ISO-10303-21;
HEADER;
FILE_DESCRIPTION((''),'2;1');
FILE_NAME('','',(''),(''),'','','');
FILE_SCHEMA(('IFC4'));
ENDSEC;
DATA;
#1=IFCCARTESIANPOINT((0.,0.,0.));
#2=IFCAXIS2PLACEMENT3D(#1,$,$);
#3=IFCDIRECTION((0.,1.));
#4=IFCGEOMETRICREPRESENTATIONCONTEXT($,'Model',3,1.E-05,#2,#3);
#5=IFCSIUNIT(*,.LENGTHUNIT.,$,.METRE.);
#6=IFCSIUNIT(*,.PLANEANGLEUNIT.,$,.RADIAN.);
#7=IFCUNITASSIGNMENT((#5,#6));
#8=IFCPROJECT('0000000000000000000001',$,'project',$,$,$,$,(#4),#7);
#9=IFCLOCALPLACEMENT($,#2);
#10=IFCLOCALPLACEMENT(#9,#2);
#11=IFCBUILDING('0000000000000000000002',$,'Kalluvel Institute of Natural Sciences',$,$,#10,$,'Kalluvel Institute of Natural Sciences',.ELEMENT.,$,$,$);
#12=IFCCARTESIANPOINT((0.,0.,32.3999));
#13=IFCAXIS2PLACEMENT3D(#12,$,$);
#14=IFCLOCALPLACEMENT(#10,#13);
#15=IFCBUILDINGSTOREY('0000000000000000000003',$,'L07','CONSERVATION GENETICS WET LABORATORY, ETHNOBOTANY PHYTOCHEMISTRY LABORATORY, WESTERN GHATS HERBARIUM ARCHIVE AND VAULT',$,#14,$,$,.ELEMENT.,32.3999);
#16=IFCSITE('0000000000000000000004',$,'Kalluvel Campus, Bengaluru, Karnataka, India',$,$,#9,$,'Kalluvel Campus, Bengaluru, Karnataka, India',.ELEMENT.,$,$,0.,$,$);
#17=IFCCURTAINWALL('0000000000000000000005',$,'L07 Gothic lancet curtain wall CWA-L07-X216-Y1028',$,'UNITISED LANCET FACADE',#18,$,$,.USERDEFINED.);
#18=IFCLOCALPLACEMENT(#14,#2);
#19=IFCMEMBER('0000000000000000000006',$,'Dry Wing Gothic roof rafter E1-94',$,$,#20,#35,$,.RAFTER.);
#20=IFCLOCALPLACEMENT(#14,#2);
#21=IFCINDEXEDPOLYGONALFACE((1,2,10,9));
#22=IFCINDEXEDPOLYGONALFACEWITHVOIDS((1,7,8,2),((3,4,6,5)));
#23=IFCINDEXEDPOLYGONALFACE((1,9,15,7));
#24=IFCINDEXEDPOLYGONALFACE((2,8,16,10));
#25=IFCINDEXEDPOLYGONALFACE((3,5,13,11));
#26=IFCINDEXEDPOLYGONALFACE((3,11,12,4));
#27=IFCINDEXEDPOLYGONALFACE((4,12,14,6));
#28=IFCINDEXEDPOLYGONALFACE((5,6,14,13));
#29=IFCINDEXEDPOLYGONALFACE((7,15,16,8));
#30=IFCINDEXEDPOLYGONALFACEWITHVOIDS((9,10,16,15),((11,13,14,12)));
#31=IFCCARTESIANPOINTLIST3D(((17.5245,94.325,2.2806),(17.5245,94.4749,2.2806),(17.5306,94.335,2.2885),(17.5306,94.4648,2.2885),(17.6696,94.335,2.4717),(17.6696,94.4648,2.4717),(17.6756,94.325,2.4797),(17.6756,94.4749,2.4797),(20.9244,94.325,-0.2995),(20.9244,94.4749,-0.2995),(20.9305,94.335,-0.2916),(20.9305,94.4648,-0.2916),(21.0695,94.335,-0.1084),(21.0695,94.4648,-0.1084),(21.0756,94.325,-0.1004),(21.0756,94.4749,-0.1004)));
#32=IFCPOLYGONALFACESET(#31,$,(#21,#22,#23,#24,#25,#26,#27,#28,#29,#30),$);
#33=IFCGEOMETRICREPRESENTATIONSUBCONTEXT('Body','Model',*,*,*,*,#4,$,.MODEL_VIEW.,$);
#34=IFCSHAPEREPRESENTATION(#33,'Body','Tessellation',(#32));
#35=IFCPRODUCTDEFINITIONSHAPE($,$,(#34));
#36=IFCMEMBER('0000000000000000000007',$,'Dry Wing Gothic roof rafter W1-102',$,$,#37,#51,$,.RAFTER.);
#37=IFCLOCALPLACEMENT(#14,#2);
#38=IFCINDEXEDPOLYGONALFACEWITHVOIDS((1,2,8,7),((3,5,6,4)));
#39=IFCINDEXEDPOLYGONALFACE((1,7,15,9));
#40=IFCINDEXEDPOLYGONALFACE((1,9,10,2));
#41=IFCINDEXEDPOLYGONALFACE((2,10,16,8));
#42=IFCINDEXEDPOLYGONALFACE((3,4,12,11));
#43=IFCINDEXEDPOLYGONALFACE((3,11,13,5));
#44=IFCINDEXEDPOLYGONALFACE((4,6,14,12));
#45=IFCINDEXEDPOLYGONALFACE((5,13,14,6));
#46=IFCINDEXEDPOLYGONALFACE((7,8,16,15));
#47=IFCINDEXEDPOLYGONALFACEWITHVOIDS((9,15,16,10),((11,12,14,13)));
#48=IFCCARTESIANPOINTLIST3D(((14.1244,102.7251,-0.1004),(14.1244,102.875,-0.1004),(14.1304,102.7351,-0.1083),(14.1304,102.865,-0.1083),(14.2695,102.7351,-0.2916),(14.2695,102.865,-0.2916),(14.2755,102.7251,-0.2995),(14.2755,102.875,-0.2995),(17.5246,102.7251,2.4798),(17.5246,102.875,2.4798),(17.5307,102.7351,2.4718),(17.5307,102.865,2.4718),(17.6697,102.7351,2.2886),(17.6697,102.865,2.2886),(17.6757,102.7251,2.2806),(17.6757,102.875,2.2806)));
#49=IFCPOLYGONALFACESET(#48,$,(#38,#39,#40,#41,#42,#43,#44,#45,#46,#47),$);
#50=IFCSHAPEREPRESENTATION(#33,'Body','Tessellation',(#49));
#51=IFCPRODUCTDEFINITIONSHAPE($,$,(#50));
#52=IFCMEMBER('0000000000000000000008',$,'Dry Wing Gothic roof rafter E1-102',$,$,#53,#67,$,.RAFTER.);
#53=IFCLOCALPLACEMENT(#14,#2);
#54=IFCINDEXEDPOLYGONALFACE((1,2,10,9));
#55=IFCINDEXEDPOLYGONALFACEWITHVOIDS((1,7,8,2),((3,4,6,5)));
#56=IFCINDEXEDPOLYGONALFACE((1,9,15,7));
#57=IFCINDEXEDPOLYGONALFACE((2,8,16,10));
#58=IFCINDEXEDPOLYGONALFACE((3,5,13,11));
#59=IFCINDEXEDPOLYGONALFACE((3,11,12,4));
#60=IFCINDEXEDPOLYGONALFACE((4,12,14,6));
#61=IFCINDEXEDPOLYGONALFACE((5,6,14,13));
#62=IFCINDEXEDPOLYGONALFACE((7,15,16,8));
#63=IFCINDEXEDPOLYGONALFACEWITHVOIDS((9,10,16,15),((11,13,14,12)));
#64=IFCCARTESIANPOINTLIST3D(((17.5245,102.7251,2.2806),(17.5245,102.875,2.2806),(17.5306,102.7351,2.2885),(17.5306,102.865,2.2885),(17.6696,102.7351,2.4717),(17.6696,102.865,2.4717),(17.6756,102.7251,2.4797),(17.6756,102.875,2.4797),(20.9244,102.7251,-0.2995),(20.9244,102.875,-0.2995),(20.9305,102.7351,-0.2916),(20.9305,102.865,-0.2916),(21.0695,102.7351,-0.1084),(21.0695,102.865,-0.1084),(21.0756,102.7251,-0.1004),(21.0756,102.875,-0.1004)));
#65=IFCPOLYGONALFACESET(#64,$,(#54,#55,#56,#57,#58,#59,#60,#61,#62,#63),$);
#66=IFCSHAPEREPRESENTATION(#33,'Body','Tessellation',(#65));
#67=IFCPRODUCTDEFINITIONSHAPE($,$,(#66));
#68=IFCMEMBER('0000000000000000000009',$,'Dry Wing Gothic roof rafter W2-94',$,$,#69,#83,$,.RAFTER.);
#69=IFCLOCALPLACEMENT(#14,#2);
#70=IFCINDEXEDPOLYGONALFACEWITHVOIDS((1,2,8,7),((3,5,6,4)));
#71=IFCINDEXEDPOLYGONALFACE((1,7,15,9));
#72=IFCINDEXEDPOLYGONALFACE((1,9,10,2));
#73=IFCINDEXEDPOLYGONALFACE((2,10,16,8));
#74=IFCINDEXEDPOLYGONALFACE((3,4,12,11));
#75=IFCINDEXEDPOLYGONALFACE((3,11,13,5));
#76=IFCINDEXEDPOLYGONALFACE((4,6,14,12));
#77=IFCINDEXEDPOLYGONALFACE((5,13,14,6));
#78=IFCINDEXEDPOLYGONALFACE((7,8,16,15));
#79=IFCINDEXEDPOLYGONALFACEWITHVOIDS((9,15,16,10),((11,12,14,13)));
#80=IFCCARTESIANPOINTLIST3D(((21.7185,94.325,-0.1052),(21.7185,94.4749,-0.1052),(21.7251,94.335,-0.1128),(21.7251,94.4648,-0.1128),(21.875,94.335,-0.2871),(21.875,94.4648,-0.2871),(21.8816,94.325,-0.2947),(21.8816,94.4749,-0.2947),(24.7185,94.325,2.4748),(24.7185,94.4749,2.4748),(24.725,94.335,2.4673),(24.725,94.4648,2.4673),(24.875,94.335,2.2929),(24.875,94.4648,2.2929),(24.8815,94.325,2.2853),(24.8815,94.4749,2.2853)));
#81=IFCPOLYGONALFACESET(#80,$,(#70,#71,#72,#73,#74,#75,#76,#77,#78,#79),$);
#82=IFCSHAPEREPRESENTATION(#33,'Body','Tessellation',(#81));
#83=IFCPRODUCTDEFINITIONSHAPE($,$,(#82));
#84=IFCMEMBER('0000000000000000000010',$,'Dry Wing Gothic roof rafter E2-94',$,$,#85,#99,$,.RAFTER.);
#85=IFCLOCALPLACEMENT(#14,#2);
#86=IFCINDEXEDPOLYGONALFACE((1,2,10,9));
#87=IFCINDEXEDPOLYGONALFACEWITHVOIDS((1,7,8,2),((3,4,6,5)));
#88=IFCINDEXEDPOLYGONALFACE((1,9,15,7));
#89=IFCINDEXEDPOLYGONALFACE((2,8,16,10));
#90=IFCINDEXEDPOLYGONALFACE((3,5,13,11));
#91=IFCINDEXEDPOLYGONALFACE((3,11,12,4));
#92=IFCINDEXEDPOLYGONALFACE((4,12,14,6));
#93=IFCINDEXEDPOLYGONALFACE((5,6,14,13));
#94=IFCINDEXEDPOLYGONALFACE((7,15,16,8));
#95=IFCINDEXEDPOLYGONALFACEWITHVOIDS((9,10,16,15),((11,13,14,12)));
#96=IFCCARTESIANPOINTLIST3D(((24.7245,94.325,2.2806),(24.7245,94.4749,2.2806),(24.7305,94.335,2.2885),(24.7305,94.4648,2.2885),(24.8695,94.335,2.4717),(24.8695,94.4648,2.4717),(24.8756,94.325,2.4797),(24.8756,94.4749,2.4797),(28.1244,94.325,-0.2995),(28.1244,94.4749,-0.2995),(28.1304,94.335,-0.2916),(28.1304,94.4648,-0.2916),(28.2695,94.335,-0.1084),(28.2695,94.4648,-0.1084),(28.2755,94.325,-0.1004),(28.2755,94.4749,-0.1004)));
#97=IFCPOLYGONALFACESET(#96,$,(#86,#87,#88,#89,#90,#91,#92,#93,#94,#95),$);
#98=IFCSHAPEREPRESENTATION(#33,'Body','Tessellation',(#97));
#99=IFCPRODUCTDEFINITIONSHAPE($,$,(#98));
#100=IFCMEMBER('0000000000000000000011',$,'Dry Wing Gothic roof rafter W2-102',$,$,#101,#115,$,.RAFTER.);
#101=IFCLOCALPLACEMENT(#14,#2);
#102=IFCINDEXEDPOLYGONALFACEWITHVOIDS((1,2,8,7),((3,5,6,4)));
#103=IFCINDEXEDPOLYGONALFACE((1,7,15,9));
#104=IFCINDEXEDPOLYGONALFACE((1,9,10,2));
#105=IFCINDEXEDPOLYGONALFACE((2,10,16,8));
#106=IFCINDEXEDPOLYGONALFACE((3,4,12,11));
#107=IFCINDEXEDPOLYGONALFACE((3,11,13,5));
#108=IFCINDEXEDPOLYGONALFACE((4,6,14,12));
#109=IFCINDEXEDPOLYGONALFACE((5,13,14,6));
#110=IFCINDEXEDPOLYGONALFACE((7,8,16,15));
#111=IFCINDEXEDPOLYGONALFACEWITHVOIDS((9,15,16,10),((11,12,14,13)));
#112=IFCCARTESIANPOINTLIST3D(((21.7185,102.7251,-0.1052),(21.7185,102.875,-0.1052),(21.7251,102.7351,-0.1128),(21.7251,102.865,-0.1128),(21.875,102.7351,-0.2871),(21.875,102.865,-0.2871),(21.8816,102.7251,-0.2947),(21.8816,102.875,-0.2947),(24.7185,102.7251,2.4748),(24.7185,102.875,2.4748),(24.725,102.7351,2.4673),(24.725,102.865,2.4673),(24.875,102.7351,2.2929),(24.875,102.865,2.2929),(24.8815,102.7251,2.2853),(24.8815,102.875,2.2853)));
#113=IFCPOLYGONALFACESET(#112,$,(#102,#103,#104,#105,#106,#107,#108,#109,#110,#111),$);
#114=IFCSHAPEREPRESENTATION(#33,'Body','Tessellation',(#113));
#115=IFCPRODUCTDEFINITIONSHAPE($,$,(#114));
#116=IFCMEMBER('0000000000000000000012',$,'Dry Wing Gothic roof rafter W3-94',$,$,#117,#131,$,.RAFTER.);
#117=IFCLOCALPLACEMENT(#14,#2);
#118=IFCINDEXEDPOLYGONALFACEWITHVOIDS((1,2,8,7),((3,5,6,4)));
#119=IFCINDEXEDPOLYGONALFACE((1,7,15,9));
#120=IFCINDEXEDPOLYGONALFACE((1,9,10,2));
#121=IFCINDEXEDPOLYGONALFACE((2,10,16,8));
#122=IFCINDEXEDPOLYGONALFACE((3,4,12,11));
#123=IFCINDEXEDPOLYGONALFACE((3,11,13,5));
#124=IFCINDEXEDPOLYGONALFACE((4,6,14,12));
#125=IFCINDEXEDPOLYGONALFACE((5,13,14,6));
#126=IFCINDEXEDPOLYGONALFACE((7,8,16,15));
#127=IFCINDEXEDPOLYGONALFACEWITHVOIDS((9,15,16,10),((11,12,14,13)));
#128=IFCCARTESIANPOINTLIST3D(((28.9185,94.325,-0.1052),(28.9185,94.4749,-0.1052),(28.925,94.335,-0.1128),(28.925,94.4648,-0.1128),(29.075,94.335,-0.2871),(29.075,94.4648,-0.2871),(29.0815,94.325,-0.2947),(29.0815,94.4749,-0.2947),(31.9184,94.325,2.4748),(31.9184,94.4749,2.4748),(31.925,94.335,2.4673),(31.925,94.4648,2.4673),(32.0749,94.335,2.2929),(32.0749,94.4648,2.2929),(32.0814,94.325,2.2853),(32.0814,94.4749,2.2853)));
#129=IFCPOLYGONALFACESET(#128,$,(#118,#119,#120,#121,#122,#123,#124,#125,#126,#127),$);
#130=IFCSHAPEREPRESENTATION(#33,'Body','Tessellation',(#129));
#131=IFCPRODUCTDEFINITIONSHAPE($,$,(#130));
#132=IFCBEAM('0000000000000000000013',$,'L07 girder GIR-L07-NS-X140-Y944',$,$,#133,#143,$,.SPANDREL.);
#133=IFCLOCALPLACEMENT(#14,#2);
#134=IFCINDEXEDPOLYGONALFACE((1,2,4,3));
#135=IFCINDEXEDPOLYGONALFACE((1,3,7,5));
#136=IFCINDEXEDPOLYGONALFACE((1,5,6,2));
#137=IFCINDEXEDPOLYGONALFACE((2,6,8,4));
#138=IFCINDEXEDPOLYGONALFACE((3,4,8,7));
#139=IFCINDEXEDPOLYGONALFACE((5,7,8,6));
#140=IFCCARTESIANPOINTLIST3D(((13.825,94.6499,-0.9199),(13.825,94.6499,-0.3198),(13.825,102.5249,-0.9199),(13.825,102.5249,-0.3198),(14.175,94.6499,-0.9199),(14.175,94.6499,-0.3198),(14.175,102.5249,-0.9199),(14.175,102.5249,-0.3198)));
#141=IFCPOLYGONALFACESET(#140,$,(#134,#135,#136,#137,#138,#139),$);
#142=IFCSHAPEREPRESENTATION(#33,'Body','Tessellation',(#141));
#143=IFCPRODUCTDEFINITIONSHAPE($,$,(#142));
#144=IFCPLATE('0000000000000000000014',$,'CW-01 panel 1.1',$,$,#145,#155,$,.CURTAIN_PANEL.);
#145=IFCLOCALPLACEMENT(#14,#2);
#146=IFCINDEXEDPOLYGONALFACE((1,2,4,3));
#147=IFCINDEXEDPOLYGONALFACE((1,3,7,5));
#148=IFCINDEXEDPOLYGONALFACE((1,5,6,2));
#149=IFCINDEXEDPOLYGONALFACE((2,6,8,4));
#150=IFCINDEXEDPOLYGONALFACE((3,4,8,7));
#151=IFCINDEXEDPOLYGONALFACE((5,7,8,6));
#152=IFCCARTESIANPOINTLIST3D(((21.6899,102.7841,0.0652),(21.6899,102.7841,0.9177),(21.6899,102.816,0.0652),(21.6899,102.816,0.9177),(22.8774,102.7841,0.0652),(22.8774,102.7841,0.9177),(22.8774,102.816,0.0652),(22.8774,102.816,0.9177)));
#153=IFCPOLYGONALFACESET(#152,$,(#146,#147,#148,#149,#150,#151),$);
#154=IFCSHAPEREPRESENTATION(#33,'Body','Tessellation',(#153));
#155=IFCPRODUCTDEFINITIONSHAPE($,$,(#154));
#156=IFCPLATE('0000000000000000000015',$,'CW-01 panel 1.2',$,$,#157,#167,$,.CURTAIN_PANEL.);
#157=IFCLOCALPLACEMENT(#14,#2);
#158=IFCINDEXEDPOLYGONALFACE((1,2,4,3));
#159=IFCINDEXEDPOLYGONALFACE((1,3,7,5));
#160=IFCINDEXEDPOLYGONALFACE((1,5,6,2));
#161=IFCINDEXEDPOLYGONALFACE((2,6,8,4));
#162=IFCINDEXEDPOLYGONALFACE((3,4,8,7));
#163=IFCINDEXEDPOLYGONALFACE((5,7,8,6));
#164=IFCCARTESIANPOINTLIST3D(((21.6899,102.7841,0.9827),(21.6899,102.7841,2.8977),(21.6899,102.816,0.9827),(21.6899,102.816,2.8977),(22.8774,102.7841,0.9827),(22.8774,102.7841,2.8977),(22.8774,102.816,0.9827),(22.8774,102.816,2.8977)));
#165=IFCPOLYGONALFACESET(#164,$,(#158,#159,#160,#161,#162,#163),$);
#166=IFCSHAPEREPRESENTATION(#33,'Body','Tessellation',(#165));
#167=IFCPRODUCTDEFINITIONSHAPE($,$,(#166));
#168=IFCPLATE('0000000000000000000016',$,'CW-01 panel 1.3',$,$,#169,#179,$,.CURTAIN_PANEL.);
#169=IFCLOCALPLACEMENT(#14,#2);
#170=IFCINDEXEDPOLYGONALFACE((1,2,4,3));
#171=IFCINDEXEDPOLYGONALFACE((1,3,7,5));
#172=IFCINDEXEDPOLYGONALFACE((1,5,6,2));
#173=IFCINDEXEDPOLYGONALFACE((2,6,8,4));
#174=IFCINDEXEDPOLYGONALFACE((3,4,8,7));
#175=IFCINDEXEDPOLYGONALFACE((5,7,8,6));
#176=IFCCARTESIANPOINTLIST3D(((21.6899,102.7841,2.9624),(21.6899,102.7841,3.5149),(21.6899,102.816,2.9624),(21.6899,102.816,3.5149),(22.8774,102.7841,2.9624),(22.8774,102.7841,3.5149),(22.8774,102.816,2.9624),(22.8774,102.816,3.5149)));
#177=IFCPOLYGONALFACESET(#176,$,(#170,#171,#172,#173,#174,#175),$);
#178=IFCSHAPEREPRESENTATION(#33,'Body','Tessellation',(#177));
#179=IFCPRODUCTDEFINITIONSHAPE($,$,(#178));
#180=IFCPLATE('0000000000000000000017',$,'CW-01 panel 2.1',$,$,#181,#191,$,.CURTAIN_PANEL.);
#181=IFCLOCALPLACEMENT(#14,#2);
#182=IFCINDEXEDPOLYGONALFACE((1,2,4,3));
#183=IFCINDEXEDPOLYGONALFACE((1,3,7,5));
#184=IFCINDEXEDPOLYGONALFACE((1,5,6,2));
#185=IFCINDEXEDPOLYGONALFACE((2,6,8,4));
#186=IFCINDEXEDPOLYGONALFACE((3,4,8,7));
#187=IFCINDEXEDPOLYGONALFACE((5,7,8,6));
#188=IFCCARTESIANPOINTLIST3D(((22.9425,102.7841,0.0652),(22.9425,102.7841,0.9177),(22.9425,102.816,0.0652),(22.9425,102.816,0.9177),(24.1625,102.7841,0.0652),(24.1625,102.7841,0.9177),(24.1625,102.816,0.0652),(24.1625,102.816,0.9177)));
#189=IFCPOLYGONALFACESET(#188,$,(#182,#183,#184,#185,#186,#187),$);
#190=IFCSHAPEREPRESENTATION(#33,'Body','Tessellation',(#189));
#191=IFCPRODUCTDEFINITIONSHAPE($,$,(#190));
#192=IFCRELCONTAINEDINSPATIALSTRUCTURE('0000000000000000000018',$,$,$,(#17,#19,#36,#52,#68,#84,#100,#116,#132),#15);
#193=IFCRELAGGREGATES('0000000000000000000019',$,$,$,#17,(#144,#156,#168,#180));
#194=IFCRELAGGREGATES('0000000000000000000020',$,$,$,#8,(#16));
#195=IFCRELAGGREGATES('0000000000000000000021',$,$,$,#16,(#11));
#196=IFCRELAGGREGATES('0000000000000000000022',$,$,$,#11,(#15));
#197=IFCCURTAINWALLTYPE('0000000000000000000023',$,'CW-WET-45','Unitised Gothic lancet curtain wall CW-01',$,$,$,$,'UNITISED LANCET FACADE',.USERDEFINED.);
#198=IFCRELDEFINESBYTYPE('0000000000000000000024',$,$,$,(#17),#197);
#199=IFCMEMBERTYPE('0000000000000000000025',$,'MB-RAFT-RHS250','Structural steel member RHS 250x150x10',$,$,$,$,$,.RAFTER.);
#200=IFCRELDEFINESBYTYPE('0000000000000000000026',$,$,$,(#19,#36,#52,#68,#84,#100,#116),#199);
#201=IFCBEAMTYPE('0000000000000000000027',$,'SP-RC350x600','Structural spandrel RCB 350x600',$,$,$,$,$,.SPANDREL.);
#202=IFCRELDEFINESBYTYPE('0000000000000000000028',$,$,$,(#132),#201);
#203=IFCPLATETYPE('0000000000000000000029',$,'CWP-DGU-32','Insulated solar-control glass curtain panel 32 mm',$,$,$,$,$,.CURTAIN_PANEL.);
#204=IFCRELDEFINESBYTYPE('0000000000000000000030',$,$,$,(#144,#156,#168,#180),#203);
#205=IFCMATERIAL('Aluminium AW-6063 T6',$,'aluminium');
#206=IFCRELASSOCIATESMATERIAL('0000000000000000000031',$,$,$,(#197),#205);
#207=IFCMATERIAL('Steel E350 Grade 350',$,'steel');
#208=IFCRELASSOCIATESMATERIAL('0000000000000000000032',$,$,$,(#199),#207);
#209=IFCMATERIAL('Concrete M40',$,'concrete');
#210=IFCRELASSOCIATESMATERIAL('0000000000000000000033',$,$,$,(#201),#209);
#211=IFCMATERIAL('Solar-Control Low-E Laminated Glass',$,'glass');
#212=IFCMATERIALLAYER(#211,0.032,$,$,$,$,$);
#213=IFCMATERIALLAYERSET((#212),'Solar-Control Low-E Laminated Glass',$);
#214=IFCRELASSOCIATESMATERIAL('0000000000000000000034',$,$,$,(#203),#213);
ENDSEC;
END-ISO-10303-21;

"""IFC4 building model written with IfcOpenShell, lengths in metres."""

from ifc_helpers import new_model, si_unit, direction, frame, origin, origin_2d, place, context, subcontext, project, spatial, rectangle, hollow_rectangle, extrude, material, layer, layer_set, material_profile, profile_set, type_object, element, aggregate, save


model = new_model("IFC4")

# Units and contexts
model_context = context("Model", 3, precision=1e-05, world=origin(), true_north=direction((0.0, 1.0)))
body_context = subcontext(model_context, "Body", "Model", "MODEL_VIEW")
ifc_project = project(units=[si_unit("LENGTHUNIT", "METRE"), si_unit("PLANEANGLEUNIT", "RADIAN")], contexts=[model_context])

# Site, building, storey
site_placement = place(None, origin())
site = spatial("IfcSite", under=ifc_project, at=site_placement, Name="Kalluvel Campus, Bengaluru, Karnataka, India", LongName="Kalluvel Campus, Bengaluru, Karnataka, India", CompositionType="ELEMENT", RefElevation=0.0)
building_placement = place(site_placement, origin())
building = spatial("IfcBuilding", under=site, at=building_placement, Name="Kalluvel Institute of Natural Sciences", LongName="Kalluvel Institute of Natural Sciences", CompositionType="ELEMENT")
storey_placement = place(building_placement, frame((0.0, 0.0, 32.3999)))
storey = spatial("IfcBuildingStorey", under=building, at=storey_placement, Name="L07", Description="CONSERVATION GENETICS WET LABORATORY, ETHNOBOTANY PHYTOCHEMISTRY LABORATORY, WESTERN GHATS HERBARIUM ARCHIVE AND VAULT", CompositionType="ELEMENT", Elevation=32.3999)

# Shared definitions
ifc_material_1 = material(Name="Concrete M40", Category="concrete")

# Shared definitions
ifc_material_2 = material(Name="Steel E350 Grade 350", Category="steel")

# Curtain wall
ifc_material_3 = material(Name="Aluminium AW-6063 T6", Category="aluminium")
curtain_wall_type = type_object("IfcCurtainWallType", Name="CW-WET-45", Description="Unitised Gothic lancet curtain wall CW-01", ElementType="UNITISED LANCET FACADE", PredefinedType="USERDEFINED", material=ifc_material_3)
curtain_wall_placement = place(storey_placement, origin())
curtain_wall = element("IfcCurtainWall", 1, at=curtain_wall_placement, inside=storey, type_object=curtain_wall_type, Name="L07 Gothic lancet curtain wall CWA-L07-X216-Y1028", ObjectType="UNITISED LANCET FACADE", PredefinedType="USERDEFINED")

# Members
ifc_material_profile_1 = material_profile(ifc_material_2, hollow_rectangle(XDim=0.1499, YDim=0.25, WallThickness=0.01, at=origin_2d()), Name="RHS 250x150x10")
ifc_profile_set_1 = profile_set([ifc_material_profile_1], Name="Steel E350 Grade 350")
member_type_1 = type_object("IfcMemberType", Name="MB-RAFT-RHS250", Description="Structural steel member RHS 250x150x10", PredefinedType="RAFTER", material=ifc_profile_set_1)
member_1_placement = place(storey_placement, frame((21.0, 94.3999, -0.2), z_axis=(-0.796596, 0.0, 0.604512), x_axis=(0.0, -1.0, 0.0)))
element("IfcMember", 2, at=member_1_placement, inside=storey, type_object=member_type_1, Name="Dry Wing Gothic roof rafter E1-94", PredefinedType="RAFTER", context=body_context, shape_type="SweptSolid", body=[
    extrude(hollow_rectangle(XDim=0.1499, YDim=0.25, WallThickness=0.01, at=origin_2d()), origin(), (0.0, 0.0, 1.0), 4.2681),
])
member_2_placement = place(storey_placement, frame((14.2, 102.8, -0.2), z_axis=(0.796617, 0.0, 0.604484), x_axis=(0.0, 1.0, 0.0)))
element("IfcMember", 3, at=member_2_placement, inside=storey, type_object=member_type_1, Name="Dry Wing Gothic roof rafter W1-102", PredefinedType="RAFTER", context=body_context, shape_type="SweptSolid", body=[
    extrude(hollow_rectangle(XDim=0.1499, YDim=0.25, WallThickness=0.01, at=origin_2d()), origin(), (0.0, 0.0, 1.0), 4.2683),
])
member_3_placement = place(storey_placement, frame((21.0, 102.8, -0.2), z_axis=(-0.796596, 0.0, 0.604512), x_axis=(0.0, -1.0, 0.0)))
element("IfcMember", 4, at=member_3_placement, inside=storey, type_object=member_type_1, Name="Dry Wing Gothic roof rafter E1-102", PredefinedType="RAFTER", context=body_context, shape_type="SweptSolid", body=[
    extrude(hollow_rectangle(XDim=0.1499, YDim=0.25, WallThickness=0.01, at=origin_2d()), origin(), (0.0, 0.0, 1.0), 4.2681),
])
member_4_placement = place(storey_placement, frame((21.8, 94.3999, -0.2), z_axis=(0.758175, 0.0, 0.652051), x_axis=(0.0, 1.0, 0.0)))
element("IfcMember", 5, at=member_4_placement, inside=storey, type_object=member_type_1, Name="Dry Wing Gothic roof rafter W2-94", PredefinedType="RAFTER", context=body_context, shape_type="SweptSolid", body=[
    extrude(hollow_rectangle(XDim=0.1499, YDim=0.25, WallThickness=0.01, at=origin_2d()), origin(), (0.0, 0.0, 1.0), 3.9568),
])
member_5_placement = place(storey_placement, frame((28.2, 94.3999, -0.2), z_axis=(-0.796596, 0.0, 0.604512), x_axis=(0.0, -1.0, 0.0)))
element("IfcMember", 6, at=member_5_placement, inside=storey, type_object=member_type_1, Name="Dry Wing Gothic roof rafter E2-94", PredefinedType="RAFTER", context=body_context, shape_type="SweptSolid", body=[
    extrude(hollow_rectangle(XDim=0.1499, YDim=0.25, WallThickness=0.01, at=origin_2d()), origin(), (0.0, 0.0, 1.0), 4.2681),
])
for number, where, z_axis, x_axis, name in (
    (7, (21.8, 102.8, -0.2), (0.758175, 0.0, 0.652051), (0.0, 1.0, 0.0), "Dry Wing Gothic roof rafter W2-102"),
    (8, (29.0, 94.3999, -0.2), (0.758175, 0.0, 0.652051), (0.0, 1.0, 0.0), "Dry Wing Gothic roof rafter W3-94"),
):
    element("IfcMember", number, at=place(storey_placement, frame(where, z_axis=z_axis, x_axis=x_axis)), inside=storey, type_object=member_type_1, Name=name, PredefinedType="RAFTER", context=body_context, shape_type="SweptSolid", body=[
        extrude(hollow_rectangle(XDim=0.1499, YDim=0.25, WallThickness=0.01, at=origin_2d()), origin(), (0.0, 0.0, 1.0), 3.9568),
    ])

# Beam
ifc_material_profile_2 = material_profile(ifc_material_1, rectangle(XDim=0.3501, YDim=0.6001, at=origin_2d()), Name="RCB 350x600")
ifc_profile_set_2 = profile_set([ifc_material_profile_2], Name="Concrete M40")
beam_type_1 = type_object("IfcBeamType", Name="SP-RC350x600", Description="Structural spandrel RCB 350x600", PredefinedType="SPANDREL", material=ifc_profile_set_2)
beam_1_placement = place(storey_placement, frame((14.0, 94.6499, -0.6199), z_axis=(0.0, 1.0, 0.0), x_axis=(-1.0, 0.0, 0.0)))
element("IfcBeam", 9, at=beam_1_placement, inside=storey, type_object=beam_type_1, Name="L07 girder GIR-L07-NS-X140-Y944", PredefinedType="SPANDREL", context=body_context, shape_type="SweptSolid", body=[
    extrude(rectangle(XDim=0.3501, YDim=0.6001, at=origin_2d()), origin(), (0.0, 0.0, 1.0), 7.875),
])

# Plates
ifc_material_4 = material(Name="Solar-Control Low-E Laminated Glass", Category="glass")
ifc_layer_1 = layer(ifc_material_4, 0.032)
ifc_layer_set_1 = layer_set([ifc_layer_1], Name="Solar-Control Low-E Laminated Glass")
plate_type = type_object("IfcPlateType", Name="CWP-DGU-32", Description="Insulated solar-control glass curtain panel 32 mm", PredefinedType="CURTAIN_PANEL", material=ifc_layer_set_1)
plate_1_placement = place(storey_placement, frame((22.2837, 102.8, 0.0652), z_axis=(0.0, 0.0, 1.0), x_axis=(1.0, 0.0, 0.0)))
plate_1 = element("IfcPlate", 10, at=plate_1_placement, type_object=plate_type, Name="CW-01 panel 1.1", PredefinedType="CURTAIN_PANEL", context=body_context, shape_type="SweptSolid", body=[
    extrude(rectangle(XDim=1.1875, YDim=0.032, at=origin_2d()), origin(), (0.0, 0.0, 1.0), 0.8525),
])
plate_2_placement = place(storey_placement, frame((22.2837, 102.8, 0.9827), z_axis=(0.0, 0.0, 1.0), x_axis=(1.0, 0.0, 0.0)))
plate_2 = element("IfcPlate", 11, at=plate_2_placement, type_object=plate_type, Name="CW-01 panel 1.2", PredefinedType="CURTAIN_PANEL", context=body_context, shape_type="SweptSolid", body=[
    extrude(rectangle(XDim=1.1875, YDim=0.032, at=origin_2d()), origin(), (0.0, 0.0, 1.0), 1.915),
])
plate_3_placement = place(storey_placement, frame((22.2837, 102.8, 2.9624), z_axis=(0.0, 0.0, 1.0), x_axis=(1.0, 0.0, 0.0)))
plate_3 = element("IfcPlate", 12, at=plate_3_placement, type_object=plate_type, Name="CW-01 panel 1.3", PredefinedType="CURTAIN_PANEL", context=body_context, shape_type="SweptSolid", body=[
    extrude(rectangle(XDim=1.1875, YDim=0.032, at=origin_2d()), origin(), (0.0, 0.0, 1.0), 0.5525),
])
plate_4_placement = place(storey_placement, frame((23.5525, 102.8, 0.0652), z_axis=(0.0, 0.0, 1.0), x_axis=(1.0, 0.0, 0.0)))
plate_4 = element("IfcPlate", 13, at=plate_4_placement, type_object=plate_type, Name="CW-01 panel 2.1", PredefinedType="CURTAIN_PANEL", context=body_context, shape_type="SweptSolid", body=[
    extrude(rectangle(XDim=1.22, YDim=0.032, at=origin_2d()), origin(), (0.0, 0.0, 1.0), 0.8525),
])
aggregate(curtain_wall, [plate_1, plate_2, plate_3, plate_4])

save(model, "model.ifc")
